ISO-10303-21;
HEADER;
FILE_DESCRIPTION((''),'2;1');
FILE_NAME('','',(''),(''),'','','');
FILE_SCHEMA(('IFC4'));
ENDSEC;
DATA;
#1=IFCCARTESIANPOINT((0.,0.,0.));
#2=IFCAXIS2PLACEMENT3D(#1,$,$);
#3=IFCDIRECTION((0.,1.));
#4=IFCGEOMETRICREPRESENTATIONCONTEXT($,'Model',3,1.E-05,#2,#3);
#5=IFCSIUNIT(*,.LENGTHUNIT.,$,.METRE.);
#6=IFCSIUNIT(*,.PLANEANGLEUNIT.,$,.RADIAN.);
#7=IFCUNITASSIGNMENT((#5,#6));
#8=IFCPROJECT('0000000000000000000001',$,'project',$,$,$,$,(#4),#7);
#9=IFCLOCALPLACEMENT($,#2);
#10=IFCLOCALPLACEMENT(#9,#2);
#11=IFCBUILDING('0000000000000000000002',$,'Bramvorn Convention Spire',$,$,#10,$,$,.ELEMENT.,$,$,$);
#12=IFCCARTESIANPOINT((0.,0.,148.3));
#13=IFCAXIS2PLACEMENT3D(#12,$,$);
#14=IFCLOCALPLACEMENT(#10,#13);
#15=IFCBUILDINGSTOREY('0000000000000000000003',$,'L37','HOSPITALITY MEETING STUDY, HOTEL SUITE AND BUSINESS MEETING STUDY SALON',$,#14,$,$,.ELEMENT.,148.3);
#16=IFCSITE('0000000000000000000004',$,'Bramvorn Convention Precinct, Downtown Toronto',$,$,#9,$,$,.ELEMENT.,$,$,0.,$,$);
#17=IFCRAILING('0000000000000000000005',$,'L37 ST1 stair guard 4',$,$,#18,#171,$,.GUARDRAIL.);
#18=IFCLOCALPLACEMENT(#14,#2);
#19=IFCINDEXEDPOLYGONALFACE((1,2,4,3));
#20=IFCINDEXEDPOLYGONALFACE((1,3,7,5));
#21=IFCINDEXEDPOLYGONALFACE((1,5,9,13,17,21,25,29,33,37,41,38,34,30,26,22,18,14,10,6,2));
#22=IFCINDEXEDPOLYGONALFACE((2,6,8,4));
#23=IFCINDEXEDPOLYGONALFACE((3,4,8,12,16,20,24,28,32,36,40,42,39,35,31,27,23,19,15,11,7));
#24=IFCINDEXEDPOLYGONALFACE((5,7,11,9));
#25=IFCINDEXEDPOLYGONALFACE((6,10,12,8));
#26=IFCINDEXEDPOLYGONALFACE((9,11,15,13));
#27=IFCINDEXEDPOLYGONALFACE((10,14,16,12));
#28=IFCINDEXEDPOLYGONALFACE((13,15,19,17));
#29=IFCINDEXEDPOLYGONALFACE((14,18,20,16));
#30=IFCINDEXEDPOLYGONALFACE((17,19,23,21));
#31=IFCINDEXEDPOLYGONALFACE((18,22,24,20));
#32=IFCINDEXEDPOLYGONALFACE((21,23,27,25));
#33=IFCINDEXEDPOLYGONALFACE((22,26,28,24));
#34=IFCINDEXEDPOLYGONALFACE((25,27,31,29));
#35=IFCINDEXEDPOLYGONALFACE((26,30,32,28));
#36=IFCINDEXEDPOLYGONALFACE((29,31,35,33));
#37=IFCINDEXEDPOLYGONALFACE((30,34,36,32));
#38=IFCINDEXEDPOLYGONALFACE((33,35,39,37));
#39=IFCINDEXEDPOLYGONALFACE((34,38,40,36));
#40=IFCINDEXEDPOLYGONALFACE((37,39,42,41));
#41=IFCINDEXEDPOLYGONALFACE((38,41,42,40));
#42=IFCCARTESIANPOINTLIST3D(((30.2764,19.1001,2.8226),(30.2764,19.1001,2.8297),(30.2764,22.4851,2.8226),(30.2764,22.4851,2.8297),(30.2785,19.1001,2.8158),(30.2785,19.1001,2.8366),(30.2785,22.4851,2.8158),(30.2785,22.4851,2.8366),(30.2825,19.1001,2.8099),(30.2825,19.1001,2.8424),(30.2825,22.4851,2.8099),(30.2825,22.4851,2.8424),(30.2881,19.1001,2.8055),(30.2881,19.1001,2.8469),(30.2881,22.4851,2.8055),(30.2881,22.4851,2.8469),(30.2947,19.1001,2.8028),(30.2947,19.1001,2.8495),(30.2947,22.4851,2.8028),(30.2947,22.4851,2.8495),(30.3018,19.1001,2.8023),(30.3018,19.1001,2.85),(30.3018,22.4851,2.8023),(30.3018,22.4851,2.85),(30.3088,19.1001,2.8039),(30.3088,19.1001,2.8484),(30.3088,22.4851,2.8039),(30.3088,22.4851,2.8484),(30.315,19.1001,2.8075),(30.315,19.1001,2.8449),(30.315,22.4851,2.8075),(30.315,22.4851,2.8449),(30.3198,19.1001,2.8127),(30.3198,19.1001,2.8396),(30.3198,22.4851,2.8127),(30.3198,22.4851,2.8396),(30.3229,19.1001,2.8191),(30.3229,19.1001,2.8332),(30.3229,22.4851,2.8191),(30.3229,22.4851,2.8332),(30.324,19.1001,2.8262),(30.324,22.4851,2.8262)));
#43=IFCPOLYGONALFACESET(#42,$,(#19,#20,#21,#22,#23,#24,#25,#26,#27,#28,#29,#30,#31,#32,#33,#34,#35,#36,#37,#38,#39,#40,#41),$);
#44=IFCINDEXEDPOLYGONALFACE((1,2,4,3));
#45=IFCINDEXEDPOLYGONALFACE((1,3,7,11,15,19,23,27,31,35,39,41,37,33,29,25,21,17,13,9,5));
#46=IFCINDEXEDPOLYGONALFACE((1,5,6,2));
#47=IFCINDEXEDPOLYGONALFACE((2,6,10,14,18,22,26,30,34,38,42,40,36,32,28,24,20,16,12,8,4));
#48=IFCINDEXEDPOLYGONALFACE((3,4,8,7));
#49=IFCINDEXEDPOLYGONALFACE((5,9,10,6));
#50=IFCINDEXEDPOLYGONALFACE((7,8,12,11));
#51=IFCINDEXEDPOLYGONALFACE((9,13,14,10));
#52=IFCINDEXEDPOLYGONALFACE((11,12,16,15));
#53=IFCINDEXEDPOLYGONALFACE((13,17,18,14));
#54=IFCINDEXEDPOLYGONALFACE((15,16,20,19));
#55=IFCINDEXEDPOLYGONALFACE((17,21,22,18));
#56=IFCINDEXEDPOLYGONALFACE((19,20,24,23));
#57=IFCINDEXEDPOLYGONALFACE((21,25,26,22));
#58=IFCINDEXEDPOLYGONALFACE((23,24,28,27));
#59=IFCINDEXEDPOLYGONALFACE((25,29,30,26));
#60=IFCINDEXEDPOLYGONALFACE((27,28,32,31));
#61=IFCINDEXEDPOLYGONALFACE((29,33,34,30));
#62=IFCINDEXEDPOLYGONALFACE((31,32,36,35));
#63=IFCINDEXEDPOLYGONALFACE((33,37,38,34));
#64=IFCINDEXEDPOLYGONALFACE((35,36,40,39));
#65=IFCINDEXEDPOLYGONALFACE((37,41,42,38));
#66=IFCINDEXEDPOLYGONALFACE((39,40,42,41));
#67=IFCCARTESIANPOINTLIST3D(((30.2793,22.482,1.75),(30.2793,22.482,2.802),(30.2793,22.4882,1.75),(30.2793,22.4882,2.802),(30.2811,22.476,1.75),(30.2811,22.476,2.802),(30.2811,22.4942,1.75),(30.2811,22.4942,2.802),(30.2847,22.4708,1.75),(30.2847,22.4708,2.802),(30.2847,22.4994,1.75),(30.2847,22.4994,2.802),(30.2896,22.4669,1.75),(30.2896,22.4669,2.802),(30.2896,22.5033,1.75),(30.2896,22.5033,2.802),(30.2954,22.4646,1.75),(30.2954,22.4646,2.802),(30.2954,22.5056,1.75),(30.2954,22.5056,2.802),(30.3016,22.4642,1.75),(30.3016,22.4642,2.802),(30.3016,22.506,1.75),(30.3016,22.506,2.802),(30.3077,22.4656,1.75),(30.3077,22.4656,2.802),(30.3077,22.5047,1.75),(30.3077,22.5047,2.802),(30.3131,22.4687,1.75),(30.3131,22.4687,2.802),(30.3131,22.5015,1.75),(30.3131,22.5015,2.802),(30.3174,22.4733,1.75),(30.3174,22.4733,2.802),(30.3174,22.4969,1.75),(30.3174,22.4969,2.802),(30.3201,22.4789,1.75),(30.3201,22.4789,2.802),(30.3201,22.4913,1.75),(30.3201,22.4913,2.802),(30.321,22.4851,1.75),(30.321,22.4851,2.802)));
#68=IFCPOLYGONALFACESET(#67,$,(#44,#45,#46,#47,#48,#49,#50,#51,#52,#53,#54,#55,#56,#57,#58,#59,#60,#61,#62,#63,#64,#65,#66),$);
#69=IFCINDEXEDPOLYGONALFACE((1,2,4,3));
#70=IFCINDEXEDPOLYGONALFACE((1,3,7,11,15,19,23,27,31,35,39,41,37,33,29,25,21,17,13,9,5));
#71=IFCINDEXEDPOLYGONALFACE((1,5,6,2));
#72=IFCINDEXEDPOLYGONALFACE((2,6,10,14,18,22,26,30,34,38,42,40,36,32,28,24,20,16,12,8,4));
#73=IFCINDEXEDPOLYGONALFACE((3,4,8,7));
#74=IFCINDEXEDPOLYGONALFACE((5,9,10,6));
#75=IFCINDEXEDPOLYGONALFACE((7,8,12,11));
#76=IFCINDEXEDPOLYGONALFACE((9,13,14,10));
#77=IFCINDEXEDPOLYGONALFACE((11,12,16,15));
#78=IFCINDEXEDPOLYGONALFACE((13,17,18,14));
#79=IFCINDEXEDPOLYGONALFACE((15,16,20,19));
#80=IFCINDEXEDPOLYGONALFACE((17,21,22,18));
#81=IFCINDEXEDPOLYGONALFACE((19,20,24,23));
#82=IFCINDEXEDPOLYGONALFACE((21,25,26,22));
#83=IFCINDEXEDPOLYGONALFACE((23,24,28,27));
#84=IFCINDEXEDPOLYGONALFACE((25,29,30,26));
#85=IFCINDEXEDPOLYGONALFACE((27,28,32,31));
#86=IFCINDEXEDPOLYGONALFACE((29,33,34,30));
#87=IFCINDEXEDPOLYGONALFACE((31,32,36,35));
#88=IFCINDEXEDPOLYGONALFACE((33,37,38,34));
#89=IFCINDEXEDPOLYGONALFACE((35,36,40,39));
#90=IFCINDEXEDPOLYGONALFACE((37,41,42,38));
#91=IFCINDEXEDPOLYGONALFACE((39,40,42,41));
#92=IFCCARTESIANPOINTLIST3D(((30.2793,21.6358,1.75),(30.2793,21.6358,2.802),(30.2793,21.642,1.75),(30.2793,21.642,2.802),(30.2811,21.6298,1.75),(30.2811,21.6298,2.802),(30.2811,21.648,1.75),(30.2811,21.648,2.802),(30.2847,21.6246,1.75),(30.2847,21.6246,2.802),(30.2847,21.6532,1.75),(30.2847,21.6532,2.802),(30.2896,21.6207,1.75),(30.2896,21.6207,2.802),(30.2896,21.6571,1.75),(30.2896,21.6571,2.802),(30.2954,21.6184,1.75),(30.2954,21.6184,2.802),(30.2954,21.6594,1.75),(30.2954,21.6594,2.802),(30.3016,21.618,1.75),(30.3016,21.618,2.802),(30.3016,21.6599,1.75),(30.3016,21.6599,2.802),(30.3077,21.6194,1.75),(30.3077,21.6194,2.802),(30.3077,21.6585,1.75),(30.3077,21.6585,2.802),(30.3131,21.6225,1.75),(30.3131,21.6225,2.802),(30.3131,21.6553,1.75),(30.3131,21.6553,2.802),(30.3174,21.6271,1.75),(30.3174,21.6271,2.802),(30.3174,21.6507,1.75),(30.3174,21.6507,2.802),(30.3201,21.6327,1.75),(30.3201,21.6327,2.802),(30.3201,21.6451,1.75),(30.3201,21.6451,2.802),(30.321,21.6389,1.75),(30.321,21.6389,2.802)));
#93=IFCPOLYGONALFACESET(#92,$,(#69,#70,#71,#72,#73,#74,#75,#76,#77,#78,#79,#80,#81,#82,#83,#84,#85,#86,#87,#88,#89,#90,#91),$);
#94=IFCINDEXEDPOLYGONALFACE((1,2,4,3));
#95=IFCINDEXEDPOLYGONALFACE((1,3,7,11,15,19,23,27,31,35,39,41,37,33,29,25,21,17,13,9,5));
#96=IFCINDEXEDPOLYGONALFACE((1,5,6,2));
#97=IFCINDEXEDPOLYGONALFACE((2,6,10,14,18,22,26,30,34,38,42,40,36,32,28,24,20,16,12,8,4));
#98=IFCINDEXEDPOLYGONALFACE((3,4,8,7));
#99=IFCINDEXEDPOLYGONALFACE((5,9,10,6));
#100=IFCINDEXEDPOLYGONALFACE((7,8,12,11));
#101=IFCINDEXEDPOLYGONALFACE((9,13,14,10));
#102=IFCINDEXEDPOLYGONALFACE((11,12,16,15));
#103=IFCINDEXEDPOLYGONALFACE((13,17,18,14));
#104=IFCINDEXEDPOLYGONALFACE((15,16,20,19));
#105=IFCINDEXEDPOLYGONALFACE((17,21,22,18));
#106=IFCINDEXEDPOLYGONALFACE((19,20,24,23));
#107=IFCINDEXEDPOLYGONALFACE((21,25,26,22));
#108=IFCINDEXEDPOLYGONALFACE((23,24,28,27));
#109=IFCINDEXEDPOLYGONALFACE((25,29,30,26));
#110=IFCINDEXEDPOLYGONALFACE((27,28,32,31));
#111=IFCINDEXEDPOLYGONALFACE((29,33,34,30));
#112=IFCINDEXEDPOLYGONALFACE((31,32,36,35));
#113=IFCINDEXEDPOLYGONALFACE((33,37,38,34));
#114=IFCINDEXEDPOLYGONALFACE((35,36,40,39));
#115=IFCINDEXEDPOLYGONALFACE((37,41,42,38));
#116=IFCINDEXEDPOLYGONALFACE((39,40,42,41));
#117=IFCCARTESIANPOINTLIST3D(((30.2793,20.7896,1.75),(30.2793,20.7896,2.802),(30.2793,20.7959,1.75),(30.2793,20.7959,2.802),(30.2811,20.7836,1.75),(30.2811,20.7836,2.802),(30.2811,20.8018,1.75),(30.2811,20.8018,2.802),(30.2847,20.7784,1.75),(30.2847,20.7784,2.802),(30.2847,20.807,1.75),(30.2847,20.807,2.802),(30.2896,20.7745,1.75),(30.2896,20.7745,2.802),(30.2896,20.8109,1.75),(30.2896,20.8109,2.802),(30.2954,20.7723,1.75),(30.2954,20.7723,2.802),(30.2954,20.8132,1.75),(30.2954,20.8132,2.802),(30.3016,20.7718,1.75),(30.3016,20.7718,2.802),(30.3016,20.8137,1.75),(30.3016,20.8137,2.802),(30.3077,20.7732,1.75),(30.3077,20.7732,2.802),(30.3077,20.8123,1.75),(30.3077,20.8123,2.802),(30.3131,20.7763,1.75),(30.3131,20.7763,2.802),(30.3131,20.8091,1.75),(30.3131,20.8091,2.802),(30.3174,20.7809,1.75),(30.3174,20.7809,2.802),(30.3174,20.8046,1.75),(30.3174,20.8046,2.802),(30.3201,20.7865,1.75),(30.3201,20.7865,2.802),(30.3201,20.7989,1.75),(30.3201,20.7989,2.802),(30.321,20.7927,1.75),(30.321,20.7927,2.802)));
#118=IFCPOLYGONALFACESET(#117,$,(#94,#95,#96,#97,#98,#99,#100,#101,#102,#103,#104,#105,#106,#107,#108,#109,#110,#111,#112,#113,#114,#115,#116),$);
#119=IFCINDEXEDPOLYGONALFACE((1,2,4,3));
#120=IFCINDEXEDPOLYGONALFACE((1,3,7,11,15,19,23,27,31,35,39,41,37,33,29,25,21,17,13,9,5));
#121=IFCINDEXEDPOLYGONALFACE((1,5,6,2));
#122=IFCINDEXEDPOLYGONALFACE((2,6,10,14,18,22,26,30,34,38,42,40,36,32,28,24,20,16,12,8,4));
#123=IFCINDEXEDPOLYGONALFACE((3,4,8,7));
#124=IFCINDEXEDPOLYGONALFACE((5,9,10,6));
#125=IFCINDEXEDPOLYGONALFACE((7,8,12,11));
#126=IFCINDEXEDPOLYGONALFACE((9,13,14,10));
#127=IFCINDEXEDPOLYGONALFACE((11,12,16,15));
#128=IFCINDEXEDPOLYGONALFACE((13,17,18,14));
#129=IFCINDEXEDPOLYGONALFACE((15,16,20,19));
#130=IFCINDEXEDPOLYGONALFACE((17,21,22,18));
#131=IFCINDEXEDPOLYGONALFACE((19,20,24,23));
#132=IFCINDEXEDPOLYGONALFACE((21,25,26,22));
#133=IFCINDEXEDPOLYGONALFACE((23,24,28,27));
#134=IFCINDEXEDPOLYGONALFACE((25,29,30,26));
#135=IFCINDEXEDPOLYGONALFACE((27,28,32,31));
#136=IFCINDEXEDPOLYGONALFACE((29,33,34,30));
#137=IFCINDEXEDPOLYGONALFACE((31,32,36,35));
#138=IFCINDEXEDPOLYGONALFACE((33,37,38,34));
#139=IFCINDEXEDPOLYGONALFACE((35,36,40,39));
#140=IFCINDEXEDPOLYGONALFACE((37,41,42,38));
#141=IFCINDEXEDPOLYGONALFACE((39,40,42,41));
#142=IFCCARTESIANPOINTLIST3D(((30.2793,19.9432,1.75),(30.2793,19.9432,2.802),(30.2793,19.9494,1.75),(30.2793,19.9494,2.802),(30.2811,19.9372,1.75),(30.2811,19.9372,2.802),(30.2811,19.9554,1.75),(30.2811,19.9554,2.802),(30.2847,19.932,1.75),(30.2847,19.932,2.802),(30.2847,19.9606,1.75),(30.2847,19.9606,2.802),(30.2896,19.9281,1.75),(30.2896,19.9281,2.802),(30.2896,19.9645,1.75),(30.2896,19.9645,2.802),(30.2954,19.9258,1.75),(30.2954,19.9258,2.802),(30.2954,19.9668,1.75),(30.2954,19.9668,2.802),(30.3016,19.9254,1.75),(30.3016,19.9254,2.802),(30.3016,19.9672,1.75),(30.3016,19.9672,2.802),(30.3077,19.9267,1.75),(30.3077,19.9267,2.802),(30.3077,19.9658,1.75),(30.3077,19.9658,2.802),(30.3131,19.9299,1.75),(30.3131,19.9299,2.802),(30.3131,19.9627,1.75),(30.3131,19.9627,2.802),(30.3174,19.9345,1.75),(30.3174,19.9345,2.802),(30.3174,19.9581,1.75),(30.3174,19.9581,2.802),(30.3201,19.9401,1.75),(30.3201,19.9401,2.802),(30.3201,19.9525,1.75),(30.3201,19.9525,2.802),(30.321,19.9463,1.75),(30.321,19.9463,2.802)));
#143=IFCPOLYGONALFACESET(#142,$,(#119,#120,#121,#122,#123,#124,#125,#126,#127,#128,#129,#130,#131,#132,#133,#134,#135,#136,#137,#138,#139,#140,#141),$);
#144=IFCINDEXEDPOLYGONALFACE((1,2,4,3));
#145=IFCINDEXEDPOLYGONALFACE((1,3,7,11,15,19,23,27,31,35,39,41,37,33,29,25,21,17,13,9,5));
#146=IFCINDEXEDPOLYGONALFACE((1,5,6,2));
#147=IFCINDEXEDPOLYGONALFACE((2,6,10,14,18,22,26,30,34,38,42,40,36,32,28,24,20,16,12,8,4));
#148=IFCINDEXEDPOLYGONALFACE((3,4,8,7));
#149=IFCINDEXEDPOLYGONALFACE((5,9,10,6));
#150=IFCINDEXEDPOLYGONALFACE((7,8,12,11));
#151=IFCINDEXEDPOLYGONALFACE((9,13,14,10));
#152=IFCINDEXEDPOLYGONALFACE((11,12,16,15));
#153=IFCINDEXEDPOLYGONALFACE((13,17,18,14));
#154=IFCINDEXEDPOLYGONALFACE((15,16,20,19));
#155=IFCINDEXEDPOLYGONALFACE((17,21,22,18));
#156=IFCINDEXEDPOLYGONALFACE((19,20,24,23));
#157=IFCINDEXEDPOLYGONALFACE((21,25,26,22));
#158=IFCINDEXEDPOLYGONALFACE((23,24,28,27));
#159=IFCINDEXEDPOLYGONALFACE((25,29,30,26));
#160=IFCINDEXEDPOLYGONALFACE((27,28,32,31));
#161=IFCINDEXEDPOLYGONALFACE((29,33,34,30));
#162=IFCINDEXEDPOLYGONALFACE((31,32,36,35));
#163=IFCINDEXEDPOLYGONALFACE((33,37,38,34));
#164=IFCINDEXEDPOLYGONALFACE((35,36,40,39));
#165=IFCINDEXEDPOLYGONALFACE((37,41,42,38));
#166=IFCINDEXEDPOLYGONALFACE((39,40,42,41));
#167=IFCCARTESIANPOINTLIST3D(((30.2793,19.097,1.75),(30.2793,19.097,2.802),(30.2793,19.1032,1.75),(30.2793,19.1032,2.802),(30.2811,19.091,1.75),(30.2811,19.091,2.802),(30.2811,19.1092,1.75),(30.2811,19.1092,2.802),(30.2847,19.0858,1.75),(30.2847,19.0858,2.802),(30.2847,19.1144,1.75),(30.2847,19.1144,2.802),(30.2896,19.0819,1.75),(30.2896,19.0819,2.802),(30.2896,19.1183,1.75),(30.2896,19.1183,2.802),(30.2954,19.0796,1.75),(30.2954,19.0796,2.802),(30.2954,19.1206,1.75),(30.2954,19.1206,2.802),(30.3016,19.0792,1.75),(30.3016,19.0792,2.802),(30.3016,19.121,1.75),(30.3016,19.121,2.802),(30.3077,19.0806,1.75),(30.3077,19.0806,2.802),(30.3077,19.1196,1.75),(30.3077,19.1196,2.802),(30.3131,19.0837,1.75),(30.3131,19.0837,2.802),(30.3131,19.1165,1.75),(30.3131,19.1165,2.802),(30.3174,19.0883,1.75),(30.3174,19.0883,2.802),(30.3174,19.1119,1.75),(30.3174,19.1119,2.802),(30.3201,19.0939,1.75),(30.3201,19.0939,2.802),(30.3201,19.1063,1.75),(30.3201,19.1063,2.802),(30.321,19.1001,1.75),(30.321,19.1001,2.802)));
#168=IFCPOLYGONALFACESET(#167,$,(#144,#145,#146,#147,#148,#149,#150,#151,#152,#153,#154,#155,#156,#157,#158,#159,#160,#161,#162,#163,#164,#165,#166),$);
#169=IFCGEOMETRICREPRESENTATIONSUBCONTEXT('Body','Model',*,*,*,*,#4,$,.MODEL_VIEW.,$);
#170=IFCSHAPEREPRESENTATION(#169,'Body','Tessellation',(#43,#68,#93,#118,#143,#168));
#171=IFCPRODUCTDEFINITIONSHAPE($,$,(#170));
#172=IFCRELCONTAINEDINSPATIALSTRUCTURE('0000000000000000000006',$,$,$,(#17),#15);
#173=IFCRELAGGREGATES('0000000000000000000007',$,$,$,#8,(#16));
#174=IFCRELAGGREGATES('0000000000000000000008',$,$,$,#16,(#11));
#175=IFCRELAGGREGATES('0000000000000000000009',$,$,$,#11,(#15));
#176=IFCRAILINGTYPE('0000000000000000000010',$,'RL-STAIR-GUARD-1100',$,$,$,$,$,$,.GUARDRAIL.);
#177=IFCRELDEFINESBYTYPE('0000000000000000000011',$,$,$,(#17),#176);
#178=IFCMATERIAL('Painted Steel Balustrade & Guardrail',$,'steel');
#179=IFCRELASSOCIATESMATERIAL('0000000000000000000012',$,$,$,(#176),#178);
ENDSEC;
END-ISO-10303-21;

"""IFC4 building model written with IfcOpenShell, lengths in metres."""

from ifc_helpers import new_model, si_unit, direction, frame, origin, origin_2d, place, context, subcontext, project, spatial, circle, extrude, material, type_object, element, save


model = new_model("IFC4")

# Units and contexts
model_context = context("Model", 3, precision=1e-05, world=origin(), true_north=direction((0.0, 1.0)))
body_context = subcontext(model_context, "Body", "Model", "MODEL_VIEW")
ifc_project = project(units=[si_unit("LENGTHUNIT", "METRE"), si_unit("PLANEANGLEUNIT", "RADIAN")], contexts=[model_context])

# Site, building, storey
site_placement = place(None, origin())
site = spatial("IfcSite", under=ifc_project, at=site_placement, Name="Bramvorn Convention Precinct, Downtown Toronto", CompositionType="ELEMENT", RefElevation=0.0)
building_placement = place(site_placement, origin())
building = spatial("IfcBuilding", under=site, at=building_placement, Name="Bramvorn Convention Spire", CompositionType="ELEMENT")
storey_placement = place(building_placement, frame((0.0, 0.0, 148.3)))
storey = spatial("IfcBuildingStorey", under=building, at=storey_placement, Name="L37", Description="HOSPITALITY MEETING STUDY, HOTEL SUITE AND BUSINESS MEETING STUDY SALON", CompositionType="ELEMENT", Elevation=148.3)

# Railing
ifc_material_1 = material(Name="Painted Steel Balustrade & Guardrail", Category="steel")
railing_type_1 = type_object("IfcRailingType", Name="RL-STAIR-GUARD-1100", PredefinedType="GUARDRAIL", material=ifc_material_1)
for number, where, name in (
    (1, (30.3, 22.4851, 1.75), "L37 ST1 stair guard 4"),
):
    element("IfcRailing", number, at=place(storey_placement, frame(where)), inside=storey, type_object=railing_type_1, Name=name, PredefinedType="GUARDRAIL", context=body_context, shape_type="SweptSolid", body=[
        extrude(circle(Radius=0.0239, at=origin_2d()), frame((0.0, 0.0, 1.0762), z_axis=(0.0, -1.0, 0.0), x_axis=(1.0, 0.0, 0.0)), (0.0, 0.0, 1.0), 3.385),
        extrude(circle(Radius=0.021, at=origin_2d()), origin(), (0.0, 0.0, 1.0), 1.052),
        extrude(circle(Radius=0.021, at=origin_2d()), frame((0.0, -0.8462, 0.0)), (0.0, 0.0, 1.0), 1.052),
        extrude(circle(Radius=0.021, at=origin_2d()), frame((0.0, -1.6924, 0.0)), (0.0, 0.0, 1.0), 1.052),
        extrude(circle(Radius=0.021, at=origin_2d()), frame((0.0, -2.5388, 0.0)), (0.0, 0.0, 1.0), 1.052),
        extrude(circle(Radius=0.021, at=origin_2d()), frame((0.0, -3.385, 0.0)), (0.0, 0.0, 1.0), 1.052),
    ])

save(model, "model.ifc")
